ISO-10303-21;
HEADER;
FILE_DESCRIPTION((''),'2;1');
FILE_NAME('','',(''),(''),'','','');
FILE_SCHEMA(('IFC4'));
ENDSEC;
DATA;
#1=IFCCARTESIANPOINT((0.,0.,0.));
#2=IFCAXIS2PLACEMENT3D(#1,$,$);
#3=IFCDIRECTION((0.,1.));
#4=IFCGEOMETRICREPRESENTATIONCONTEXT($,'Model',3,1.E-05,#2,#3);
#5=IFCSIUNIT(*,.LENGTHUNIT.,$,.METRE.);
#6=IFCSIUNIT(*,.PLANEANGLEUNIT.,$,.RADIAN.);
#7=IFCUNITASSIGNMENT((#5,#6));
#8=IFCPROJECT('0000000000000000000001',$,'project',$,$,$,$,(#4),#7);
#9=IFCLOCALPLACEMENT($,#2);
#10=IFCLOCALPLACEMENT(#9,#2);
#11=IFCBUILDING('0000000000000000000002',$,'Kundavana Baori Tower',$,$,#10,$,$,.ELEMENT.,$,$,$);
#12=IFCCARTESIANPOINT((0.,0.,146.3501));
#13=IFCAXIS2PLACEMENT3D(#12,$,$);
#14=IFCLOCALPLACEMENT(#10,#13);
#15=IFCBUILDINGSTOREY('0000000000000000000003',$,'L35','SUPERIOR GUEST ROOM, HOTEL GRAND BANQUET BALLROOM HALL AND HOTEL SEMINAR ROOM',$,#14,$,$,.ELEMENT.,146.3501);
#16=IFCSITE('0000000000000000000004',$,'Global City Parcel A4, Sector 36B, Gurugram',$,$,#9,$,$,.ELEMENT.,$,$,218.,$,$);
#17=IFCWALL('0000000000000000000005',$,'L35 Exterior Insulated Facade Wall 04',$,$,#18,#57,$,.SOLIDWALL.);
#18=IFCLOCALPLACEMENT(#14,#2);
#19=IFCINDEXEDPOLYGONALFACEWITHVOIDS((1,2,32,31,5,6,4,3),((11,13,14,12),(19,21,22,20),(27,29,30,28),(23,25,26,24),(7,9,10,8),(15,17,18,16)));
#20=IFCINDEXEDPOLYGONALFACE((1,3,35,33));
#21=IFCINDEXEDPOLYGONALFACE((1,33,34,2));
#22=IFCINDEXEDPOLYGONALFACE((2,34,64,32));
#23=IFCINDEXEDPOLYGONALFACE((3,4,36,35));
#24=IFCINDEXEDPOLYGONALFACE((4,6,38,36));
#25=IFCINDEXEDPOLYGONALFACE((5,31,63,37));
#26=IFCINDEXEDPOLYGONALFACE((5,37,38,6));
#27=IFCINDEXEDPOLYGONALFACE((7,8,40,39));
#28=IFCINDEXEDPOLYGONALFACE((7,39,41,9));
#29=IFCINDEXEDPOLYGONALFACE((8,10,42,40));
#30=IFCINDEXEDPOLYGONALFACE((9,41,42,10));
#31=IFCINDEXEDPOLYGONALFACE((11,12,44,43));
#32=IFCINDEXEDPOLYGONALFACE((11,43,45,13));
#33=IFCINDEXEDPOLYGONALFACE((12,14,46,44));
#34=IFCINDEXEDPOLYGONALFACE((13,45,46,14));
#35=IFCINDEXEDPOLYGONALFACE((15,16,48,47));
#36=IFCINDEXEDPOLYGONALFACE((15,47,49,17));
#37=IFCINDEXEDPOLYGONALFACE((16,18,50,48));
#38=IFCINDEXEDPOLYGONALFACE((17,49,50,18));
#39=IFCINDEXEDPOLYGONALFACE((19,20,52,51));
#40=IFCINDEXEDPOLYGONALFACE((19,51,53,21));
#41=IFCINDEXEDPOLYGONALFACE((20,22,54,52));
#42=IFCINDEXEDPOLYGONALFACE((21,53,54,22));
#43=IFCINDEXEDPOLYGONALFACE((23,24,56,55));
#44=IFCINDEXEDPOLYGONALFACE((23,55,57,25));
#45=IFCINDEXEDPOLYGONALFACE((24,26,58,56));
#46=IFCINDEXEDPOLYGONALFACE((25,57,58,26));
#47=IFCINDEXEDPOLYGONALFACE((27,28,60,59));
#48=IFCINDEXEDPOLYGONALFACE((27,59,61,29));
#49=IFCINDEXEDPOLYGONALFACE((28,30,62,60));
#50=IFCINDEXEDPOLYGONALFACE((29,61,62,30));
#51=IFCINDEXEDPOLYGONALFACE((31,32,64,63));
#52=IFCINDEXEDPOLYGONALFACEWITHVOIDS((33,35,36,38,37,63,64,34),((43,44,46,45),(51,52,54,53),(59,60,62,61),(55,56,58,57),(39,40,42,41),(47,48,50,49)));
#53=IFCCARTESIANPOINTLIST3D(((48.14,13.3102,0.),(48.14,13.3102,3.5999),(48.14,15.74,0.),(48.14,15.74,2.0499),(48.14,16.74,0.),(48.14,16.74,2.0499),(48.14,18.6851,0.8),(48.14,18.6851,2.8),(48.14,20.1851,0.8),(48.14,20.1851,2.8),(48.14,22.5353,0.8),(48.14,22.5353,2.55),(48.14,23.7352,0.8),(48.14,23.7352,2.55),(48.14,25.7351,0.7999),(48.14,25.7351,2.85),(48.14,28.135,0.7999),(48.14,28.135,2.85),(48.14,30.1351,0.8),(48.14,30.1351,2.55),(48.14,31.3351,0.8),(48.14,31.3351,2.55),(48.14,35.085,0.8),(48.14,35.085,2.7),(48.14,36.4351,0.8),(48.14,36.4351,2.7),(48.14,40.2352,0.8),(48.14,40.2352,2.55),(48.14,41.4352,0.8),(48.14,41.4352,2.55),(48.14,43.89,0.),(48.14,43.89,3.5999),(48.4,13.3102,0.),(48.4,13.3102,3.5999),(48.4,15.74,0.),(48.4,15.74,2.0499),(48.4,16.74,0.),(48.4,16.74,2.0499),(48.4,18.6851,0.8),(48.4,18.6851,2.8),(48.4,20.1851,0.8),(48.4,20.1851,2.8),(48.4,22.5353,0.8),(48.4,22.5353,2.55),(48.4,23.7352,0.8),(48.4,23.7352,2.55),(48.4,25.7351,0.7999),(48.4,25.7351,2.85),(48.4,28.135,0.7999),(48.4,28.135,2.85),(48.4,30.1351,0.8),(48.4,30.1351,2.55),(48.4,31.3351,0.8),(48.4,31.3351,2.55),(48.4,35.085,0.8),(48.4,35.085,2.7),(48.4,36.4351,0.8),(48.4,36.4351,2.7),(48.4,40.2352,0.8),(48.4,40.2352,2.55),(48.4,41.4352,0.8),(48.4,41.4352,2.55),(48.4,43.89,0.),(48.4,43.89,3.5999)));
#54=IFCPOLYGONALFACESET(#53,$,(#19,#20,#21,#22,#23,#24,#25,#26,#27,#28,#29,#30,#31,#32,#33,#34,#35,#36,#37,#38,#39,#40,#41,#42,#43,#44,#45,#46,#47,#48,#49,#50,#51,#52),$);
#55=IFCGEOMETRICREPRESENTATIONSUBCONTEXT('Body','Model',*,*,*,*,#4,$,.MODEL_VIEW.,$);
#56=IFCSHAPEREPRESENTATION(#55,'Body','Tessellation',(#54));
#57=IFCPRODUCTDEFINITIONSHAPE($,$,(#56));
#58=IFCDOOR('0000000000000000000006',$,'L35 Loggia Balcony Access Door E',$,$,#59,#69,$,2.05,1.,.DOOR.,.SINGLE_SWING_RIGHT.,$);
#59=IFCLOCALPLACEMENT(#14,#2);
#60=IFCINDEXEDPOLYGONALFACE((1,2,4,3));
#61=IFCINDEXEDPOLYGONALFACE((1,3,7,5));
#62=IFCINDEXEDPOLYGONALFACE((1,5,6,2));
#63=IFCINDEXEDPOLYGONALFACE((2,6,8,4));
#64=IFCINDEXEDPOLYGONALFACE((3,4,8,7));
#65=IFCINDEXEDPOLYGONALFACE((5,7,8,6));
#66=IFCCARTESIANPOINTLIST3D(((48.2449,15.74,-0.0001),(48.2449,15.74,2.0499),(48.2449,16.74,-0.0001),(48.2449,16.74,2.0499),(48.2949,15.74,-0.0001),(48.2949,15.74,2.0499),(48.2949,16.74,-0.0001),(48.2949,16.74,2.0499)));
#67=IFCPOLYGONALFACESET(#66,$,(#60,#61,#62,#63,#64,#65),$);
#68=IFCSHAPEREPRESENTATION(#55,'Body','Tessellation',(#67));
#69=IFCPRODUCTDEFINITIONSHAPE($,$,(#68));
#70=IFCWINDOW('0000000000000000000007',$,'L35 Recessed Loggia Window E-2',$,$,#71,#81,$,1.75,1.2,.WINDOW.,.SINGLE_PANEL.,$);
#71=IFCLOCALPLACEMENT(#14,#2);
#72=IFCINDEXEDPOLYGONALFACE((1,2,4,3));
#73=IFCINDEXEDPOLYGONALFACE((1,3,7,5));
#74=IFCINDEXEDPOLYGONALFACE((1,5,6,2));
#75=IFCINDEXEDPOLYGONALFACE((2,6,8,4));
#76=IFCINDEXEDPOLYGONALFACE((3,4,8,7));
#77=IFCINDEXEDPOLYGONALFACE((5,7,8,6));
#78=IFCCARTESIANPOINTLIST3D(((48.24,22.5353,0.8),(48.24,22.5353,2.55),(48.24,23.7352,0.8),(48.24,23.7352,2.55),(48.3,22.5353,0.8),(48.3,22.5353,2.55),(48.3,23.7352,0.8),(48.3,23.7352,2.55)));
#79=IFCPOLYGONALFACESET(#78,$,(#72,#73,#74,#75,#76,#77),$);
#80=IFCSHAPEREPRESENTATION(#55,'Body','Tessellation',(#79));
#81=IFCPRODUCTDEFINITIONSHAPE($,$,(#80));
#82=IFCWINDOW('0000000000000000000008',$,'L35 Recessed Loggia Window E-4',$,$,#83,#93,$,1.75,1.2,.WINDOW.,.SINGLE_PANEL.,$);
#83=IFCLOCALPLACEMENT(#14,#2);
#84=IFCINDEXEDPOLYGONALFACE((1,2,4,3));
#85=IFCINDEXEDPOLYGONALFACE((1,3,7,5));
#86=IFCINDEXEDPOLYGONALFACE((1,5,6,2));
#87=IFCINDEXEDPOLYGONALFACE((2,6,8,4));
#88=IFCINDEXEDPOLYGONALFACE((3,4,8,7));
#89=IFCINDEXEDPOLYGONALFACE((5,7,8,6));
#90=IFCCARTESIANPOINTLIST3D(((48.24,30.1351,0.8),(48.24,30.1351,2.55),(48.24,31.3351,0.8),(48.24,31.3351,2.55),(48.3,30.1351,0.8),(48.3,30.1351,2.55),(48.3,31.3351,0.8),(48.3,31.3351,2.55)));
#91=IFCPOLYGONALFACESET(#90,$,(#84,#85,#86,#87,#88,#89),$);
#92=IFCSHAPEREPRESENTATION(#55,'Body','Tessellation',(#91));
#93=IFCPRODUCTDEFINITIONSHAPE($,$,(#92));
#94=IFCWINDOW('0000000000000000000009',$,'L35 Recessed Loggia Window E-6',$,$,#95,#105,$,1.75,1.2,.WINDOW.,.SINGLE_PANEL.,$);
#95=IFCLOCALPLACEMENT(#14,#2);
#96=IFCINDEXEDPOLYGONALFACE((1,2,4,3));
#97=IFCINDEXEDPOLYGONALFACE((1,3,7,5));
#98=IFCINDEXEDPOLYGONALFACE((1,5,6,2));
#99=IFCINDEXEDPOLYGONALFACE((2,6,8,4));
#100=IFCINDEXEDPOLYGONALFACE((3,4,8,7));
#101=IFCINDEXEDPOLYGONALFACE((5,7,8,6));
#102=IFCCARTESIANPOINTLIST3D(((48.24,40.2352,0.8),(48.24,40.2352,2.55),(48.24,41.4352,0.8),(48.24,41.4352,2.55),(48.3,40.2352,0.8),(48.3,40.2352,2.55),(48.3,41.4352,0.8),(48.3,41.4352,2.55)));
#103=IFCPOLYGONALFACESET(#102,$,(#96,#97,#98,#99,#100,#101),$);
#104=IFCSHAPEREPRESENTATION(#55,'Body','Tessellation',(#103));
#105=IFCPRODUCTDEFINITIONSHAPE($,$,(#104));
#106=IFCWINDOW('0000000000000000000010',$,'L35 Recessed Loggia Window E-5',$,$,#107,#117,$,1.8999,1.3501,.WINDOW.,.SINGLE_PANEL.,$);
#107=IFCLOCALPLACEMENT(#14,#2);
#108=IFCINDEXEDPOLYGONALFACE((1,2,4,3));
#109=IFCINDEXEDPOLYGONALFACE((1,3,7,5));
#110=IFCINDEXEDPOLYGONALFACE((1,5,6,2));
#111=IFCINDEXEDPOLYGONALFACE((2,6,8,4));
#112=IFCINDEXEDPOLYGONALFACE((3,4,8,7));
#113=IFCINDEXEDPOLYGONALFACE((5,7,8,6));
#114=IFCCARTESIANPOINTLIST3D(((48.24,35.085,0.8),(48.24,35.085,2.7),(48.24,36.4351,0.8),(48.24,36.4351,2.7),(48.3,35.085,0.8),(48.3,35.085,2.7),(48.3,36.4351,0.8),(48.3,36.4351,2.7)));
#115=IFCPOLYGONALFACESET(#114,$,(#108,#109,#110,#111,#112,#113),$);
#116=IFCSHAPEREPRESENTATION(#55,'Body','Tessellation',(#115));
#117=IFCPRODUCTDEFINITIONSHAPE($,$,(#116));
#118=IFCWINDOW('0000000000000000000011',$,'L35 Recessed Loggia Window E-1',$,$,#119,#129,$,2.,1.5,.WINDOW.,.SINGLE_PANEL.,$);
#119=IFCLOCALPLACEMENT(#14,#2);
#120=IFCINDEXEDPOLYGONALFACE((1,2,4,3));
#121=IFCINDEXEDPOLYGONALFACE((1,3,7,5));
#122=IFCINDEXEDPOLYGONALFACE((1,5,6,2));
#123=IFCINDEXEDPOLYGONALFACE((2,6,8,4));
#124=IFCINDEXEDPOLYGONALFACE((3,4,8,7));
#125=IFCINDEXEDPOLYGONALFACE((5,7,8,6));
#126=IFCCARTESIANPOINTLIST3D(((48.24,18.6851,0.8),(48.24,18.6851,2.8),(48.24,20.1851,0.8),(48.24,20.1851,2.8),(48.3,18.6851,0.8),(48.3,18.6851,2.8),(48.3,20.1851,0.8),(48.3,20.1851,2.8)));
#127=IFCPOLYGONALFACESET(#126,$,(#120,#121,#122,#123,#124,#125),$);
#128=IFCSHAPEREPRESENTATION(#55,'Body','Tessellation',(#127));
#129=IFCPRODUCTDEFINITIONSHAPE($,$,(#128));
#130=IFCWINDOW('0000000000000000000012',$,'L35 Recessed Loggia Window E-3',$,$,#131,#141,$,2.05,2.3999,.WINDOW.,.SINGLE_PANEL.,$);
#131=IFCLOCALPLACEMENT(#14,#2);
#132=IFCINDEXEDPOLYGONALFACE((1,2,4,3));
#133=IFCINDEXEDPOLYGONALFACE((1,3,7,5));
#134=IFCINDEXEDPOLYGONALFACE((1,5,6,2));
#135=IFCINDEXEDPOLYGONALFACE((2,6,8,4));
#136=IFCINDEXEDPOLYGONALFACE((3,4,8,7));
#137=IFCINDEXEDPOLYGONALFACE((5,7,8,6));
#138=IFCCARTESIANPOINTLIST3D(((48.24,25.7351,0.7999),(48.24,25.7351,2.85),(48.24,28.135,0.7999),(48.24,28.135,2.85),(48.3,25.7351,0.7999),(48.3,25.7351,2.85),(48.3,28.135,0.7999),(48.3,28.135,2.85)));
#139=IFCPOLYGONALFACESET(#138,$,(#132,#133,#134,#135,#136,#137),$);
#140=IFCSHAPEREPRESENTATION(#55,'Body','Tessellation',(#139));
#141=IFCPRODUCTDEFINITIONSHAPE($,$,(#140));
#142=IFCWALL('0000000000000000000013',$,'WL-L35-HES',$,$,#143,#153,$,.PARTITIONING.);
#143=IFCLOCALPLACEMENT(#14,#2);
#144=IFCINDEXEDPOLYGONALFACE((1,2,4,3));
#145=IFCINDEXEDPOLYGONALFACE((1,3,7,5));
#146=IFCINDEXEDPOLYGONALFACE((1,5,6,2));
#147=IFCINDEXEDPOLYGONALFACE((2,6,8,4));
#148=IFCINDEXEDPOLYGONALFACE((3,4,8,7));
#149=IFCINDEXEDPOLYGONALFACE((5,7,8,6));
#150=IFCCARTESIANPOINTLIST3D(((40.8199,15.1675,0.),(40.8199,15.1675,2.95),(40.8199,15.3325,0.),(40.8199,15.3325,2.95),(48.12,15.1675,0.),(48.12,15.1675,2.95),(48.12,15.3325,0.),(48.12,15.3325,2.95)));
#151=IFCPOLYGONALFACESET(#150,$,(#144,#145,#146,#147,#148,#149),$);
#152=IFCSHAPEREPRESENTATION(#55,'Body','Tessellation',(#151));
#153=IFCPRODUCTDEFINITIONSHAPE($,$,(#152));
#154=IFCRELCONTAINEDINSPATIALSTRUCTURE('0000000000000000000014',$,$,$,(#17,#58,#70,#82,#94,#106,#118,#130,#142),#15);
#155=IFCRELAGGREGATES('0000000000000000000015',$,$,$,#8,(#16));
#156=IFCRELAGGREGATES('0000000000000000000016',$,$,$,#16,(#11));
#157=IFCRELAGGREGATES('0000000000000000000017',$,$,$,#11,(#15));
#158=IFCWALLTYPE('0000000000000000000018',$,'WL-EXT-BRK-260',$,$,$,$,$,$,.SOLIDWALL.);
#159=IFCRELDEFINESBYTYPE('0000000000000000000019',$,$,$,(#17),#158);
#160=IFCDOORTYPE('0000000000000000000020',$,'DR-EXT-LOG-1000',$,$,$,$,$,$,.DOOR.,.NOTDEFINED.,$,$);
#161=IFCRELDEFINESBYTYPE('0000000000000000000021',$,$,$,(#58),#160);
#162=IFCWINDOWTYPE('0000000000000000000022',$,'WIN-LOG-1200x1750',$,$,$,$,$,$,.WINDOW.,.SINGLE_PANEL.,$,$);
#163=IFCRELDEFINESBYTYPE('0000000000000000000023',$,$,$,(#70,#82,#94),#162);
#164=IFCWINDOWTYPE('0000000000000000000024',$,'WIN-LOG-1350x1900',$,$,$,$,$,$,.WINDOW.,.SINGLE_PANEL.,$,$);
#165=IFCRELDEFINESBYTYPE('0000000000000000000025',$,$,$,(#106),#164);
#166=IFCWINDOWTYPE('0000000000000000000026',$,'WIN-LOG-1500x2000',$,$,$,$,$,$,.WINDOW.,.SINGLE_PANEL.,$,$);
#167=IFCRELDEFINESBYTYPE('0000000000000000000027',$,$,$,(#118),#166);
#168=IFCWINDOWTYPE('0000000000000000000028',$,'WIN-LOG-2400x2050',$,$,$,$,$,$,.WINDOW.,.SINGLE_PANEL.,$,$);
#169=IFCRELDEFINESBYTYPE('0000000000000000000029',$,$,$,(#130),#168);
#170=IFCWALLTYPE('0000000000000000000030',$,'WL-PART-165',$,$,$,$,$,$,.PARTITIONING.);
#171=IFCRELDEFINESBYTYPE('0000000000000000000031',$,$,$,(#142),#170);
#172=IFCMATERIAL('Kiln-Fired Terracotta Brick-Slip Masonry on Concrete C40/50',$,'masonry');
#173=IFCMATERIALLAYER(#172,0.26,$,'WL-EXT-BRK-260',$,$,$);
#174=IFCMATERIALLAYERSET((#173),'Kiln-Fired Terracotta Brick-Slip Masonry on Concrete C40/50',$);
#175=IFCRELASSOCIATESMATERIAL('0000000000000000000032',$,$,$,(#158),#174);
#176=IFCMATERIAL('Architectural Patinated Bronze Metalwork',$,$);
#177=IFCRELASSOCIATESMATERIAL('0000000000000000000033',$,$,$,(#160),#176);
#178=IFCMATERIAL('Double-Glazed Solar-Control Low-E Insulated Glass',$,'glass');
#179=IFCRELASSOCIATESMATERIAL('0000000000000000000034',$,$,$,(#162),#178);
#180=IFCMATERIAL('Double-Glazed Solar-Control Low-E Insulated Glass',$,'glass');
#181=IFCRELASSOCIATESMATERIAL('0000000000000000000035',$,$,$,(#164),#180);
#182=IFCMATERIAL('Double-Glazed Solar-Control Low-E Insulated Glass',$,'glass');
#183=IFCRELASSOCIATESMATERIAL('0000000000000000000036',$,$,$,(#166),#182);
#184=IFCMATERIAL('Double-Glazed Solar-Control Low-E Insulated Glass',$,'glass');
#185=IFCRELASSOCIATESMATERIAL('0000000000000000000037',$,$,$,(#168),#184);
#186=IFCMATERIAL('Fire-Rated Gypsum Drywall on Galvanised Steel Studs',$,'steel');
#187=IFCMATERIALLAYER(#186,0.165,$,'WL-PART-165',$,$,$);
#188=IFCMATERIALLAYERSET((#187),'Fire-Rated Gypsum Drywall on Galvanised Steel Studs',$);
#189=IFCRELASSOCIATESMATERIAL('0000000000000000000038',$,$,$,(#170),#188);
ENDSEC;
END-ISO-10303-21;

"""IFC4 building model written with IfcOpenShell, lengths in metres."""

from ifc_helpers import new_model, si_unit, direction, frame, frame_2d, origin, place, context, subcontext, project, spatial, rectangle, extrude, material, layer, layer_set, type_object, element, fill, save


model = new_model("IFC4")

# Units and contexts
model_context = context("Model", 3, precision=1e-05, world=origin(), true_north=direction((0.0, 1.0)))
body_context = subcontext(model_context, "Body", "Model", "MODEL_VIEW")
ifc_project = project(units=[si_unit("LENGTHUNIT", "METRE"), si_unit("PLANEANGLEUNIT", "RADIAN")], contexts=[model_context])

# Site, building, storey
site_placement = place(None, origin())
site = spatial("IfcSite", under=ifc_project, at=site_placement, Name="Global City Parcel A4, Sector 36B, Gurugram", CompositionType="ELEMENT", RefElevation=218.0)
building_placement = place(site_placement, origin())
building = spatial("IfcBuilding", under=site, at=building_placement, Name="Kundavana Baori Tower", CompositionType="ELEMENT")
storey_placement = place(building_placement, frame((0.0, 0.0, 146.3501)))
storey = spatial("IfcBuildingStorey", under=building, at=storey_placement, Name="L35", Description="SUPERIOR GUEST ROOM, HOTEL GRAND BANQUET BALLROOM HALL AND HOTEL SEMINAR ROOM", CompositionType="ELEMENT", Elevation=146.3501)

# Shared definitions
ifc_material_1 = material(Name="Kiln-Fired Terracotta Brick-Slip Masonry on Concrete C40/50", Category="masonry")
ifc_layer_1 = layer(ifc_material_1, 0.26, Name="WL-EXT-BRK-260")
ifc_layer_set_1 = layer_set([ifc_layer_1], Name="Kiln-Fired Terracotta Brick-Slip Masonry on Concrete C40/50")
wall_type_1 = type_object("IfcWallType", Name="WL-EXT-BRK-260", PredefinedType="SOLIDWALL", material=ifc_layer_set_1)

# Wall, openings, door, windows
wall_1_placement = place(storey_placement, frame((48.27, 13.3101, 0.0), z_axis=(0.0, 0.0, 1.0), x_axis=(0.0, 1.0, 0.0)))
wall_1 = element("IfcWall", 1, at=wall_1_placement, inside=storey, type_object=wall_type_1, Name="L35 Exterior Insulated Facade Wall 04", PredefinedType="SOLIDWALL", context=body_context, shape_type="SweptSolid", body=[
    extrude(rectangle(XDim=30.5798, YDim=0.26, at=frame_2d((15.29, 0.0))), origin(), (0.0, 0.0, 1.0), 3.5999),
])
opening_1_placement = place(wall_1_placement, frame((2.4299, 0.0, 0.0)))
opening_1 = element("IfcOpeningElement", 2, at=opening_1_placement, cuts=wall_1, PredefinedType="OPENING", context=body_context, shape_type="SweptSolid", body=[
    extrude(rectangle(XDim=1.0, YDim=2.05, at=frame_2d((0.5, 1.0249))), frame((0.0, 0.1401, 0.0), z_axis=(0.0, -1.0, 0.0), x_axis=(1.0, 0.0, 0.0)), (0.0, 0.0, 1.0), 0.28),
])
opening_2_placement = place(wall_1_placement, frame((5.375, 0.0, 0.8)))
opening_2 = element("IfcOpeningElement", 3, at=opening_2_placement, cuts=wall_1, PredefinedType="OPENING", context=body_context, shape_type="SweptSolid", body=[
    extrude(rectangle(XDim=1.5, YDim=2.0, at=frame_2d((0.75, 1.0))), frame((0.0, 0.1401, 0.0), z_axis=(0.0, -1.0, 0.0), x_axis=(1.0, 0.0, 0.0)), (0.0, 0.0, 1.0), 0.28),
])
opening_3_placement = place(wall_1_placement, frame((9.2251, 0.0, 0.8)))
opening_3 = element("IfcOpeningElement", 4, at=opening_3_placement, cuts=wall_1, PredefinedType="OPENING", context=body_context, shape_type="SweptSolid", body=[
    extrude(rectangle(XDim=1.2, YDim=1.75, at=frame_2d((0.6001, 0.875))), frame((0.0, 0.1401, 0.0), z_axis=(0.0, -1.0, 0.0), x_axis=(1.0, 0.0, 0.0)), (0.0, 0.0, 1.0), 0.28),
])
opening_4_placement = place(wall_1_placement, frame((12.425, 0.0, 0.8)))
opening_4 = element("IfcOpeningElement", 5, at=opening_4_placement, cuts=wall_1, PredefinedType="OPENING", context=body_context, shape_type="SweptSolid", body=[
    extrude(rectangle(XDim=2.3999, YDim=2.05, at=frame_2d((1.2, 1.0249))), frame((0.0, 0.1401, 0.0), z_axis=(0.0, -1.0, 0.0), x_axis=(1.0, 0.0, 0.0)), (0.0, 0.0, 1.0), 0.28),
])
opening_5_placement = place(wall_1_placement, frame((16.825, 0.0, 0.8)))
opening_5 = element("IfcOpeningElement", 6, at=opening_5_placement, cuts=wall_1, PredefinedType="OPENING", context=body_context, shape_type="SweptSolid", body=[
    extrude(rectangle(XDim=1.2, YDim=1.75, at=frame_2d((0.6001, 0.875))), frame((0.0, 0.1401, 0.0), z_axis=(0.0, -1.0, 0.0), x_axis=(1.0, 0.0, 0.0)), (0.0, 0.0, 1.0), 0.28),
])
opening_6_placement = place(wall_1_placement, frame((21.7749, 0.0, 0.8)))
opening_6 = element("IfcOpeningElement", 7, at=opening_6_placement, cuts=wall_1, PredefinedType="OPENING", context=body_context, shape_type="SweptSolid", body=[
    extrude(rectangle(XDim=1.3501, YDim=1.8999, at=frame_2d((0.675, 0.95))), frame((0.0, 0.1401, 0.0), z_axis=(0.0, -1.0, 0.0), x_axis=(1.0, 0.0, 0.0)), (0.0, 0.0, 1.0), 0.28),
])
opening_7_placement = place(wall_1_placement, frame((26.925, 0.0, 0.8)))
opening_7 = element("IfcOpeningElement", 8, at=opening_7_placement, cuts=wall_1, PredefinedType="OPENING", context=body_context, shape_type="SweptSolid", body=[
    extrude(rectangle(XDim=1.2, YDim=1.75, at=frame_2d((0.6001, 0.875))), frame((0.0, 0.1401, 0.0), z_axis=(0.0, -1.0, 0.0), x_axis=(1.0, 0.0, 0.0)), (0.0, 0.0, 1.0), 0.28),
])
ifc_material_2 = material(Name="Architectural Patinated Bronze Metalwork")
door_type = type_object("IfcDoorType", Name="DR-EXT-LOG-1000", OperationType="NOTDEFINED", PredefinedType="DOOR", material=ifc_material_2)
door_placement = place(opening_1_placement, frame((1.0, 0.0, 0.0), z_axis=(0.0, 0.0, 1.0), x_axis=(-1.0, 0.0, 0.0)))
door = element("IfcDoor", 9, at=door_placement, inside=storey, type_object=door_type, Name="L35 Loggia Balcony Access Door E", OperationType="SINGLE_SWING_RIGHT", OverallHeight=2.05, OverallWidth=1.0, PredefinedType="DOOR", context=body_context, shape_type="SweptSolid", body=[
    extrude(rectangle(XDim=1.0, YDim=2.05, at=frame_2d((0.5, 1.0249))), frame((0.0, 0.0249, 0.0), z_axis=(0.0, -1.0, 0.0), x_axis=(1.0, 0.0, 0.0)), (0.0, 0.0, 1.0), 0.05),
])
fill(opening_1, door)
ifc_material_3 = material(Name="Double-Glazed Solar-Control Low-E Insulated Glass", Category="glass")
window_type_1 = type_object("IfcWindowType", Name="WIN-LOG-1200x1750", PartitioningType="SINGLE_PANEL", PredefinedType="WINDOW", material=ifc_material_3)
window_1_placement = place(opening_3_placement, origin())
window_1 = element("IfcWindow", 10, at=window_1_placement, inside=storey, type_object=window_type_1, Name="L35 Recessed Loggia Window E-2", OverallHeight=1.75, OverallWidth=1.2, PartitioningType="SINGLE_PANEL", PredefinedType="WINDOW", context=body_context, shape_type="SweptSolid", body=[
    extrude(rectangle(XDim=1.2, YDim=1.75, at=frame_2d((0.6001, 0.875))), frame((0.0, 0.03, 0.0), z_axis=(0.0, -1.0, 0.0), x_axis=(1.0, 0.0, 0.0)), (0.0, 0.0, 1.0), 0.0601),
])
fill(opening_3, window_1)
window_2_placement = place(opening_5_placement, origin())
window_2 = element("IfcWindow", 11, at=window_2_placement, inside=storey, type_object=window_type_1, Name="L35 Recessed Loggia Window E-4", OverallHeight=1.75, OverallWidth=1.2, PartitioningType="SINGLE_PANEL", PredefinedType="WINDOW", context=body_context, shape_type="SweptSolid", body=[
    extrude(rectangle(XDim=1.2, YDim=1.75, at=frame_2d((0.6001, 0.875))), frame((0.0, 0.03, 0.0), z_axis=(0.0, -1.0, 0.0), x_axis=(1.0, 0.0, 0.0)), (0.0, 0.0, 1.0), 0.0601),
])
fill(opening_5, window_2)
window_3_placement = place(opening_7_placement, origin())
window_3 = element("IfcWindow", 12, at=window_3_placement, inside=storey, type_object=window_type_1, Name="L35 Recessed Loggia Window E-6", OverallHeight=1.75, OverallWidth=1.2, PartitioningType="SINGLE_PANEL", PredefinedType="WINDOW", context=body_context, shape_type="SweptSolid", body=[
    extrude(rectangle(XDim=1.2, YDim=1.75, at=frame_2d((0.6001, 0.875))), frame((0.0, 0.03, 0.0), z_axis=(0.0, -1.0, 0.0), x_axis=(1.0, 0.0, 0.0)), (0.0, 0.0, 1.0), 0.0601),
])
fill(opening_7, window_3)
ifc_material_4 = material(Name="Double-Glazed Solar-Control Low-E Insulated Glass", Category="glass")
window_type_2 = type_object("IfcWindowType", Name="WIN-LOG-1350x1900", PartitioningType="SINGLE_PANEL", PredefinedType="WINDOW", material=ifc_material_4)
window_4_placement = place(opening_6_placement, origin())
window_4 = element("IfcWindow", 13, at=window_4_placement, inside=storey, type_object=window_type_2, Name="L35 Recessed Loggia Window E-5", OverallHeight=1.8999, OverallWidth=1.3501, PartitioningType="SINGLE_PANEL", PredefinedType="WINDOW", context=body_context, shape_type="SweptSolid", body=[
    extrude(rectangle(XDim=1.3501, YDim=1.8999, at=frame_2d((0.675, 0.95))), frame((0.0, 0.03, 0.0), z_axis=(0.0, -1.0, 0.0), x_axis=(1.0, 0.0, 0.0)), (0.0, 0.0, 1.0), 0.0601),
])
fill(opening_6, window_4)
ifc_material_5 = material(Name="Double-Glazed Solar-Control Low-E Insulated Glass", Category="glass")
window_type_3 = type_object("IfcWindowType", Name="WIN-LOG-1500x2000", PartitioningType="SINGLE_PANEL", PredefinedType="WINDOW", material=ifc_material_5)
window_5_placement = place(opening_2_placement, origin())
window_5 = element("IfcWindow", 14, at=window_5_placement, inside=storey, type_object=window_type_3, Name="L35 Recessed Loggia Window E-1", OverallHeight=2.0, OverallWidth=1.5, PartitioningType="SINGLE_PANEL", PredefinedType="WINDOW", context=body_context, shape_type="SweptSolid", body=[
    extrude(rectangle(XDim=1.5, YDim=2.0, at=frame_2d((0.75, 1.0))), frame((0.0, 0.03, 0.0), z_axis=(0.0, -1.0, 0.0), x_axis=(1.0, 0.0, 0.0)), (0.0, 0.0, 1.0), 0.0601),
])
fill(opening_2, window_5)
ifc_material_6 = material(Name="Double-Glazed Solar-Control Low-E Insulated Glass", Category="glass")
window_type_4 = type_object("IfcWindowType", Name="WIN-LOG-2400x2050", PartitioningType="SINGLE_PANEL", PredefinedType="WINDOW", material=ifc_material_6)
window_6_placement = place(opening_4_placement, origin())
window_6 = element("IfcWindow", 15, at=window_6_placement, inside=storey, type_object=window_type_4, Name="L35 Recessed Loggia Window E-3", OverallHeight=2.05, OverallWidth=2.3999, PartitioningType="SINGLE_PANEL", PredefinedType="WINDOW", context=body_context, shape_type="SweptSolid", body=[
    extrude(rectangle(XDim=2.3999, YDim=2.05, at=frame_2d((1.2, 1.0249))), frame((0.0, 0.03, 0.0), z_axis=(0.0, -1.0, 0.0), x_axis=(1.0, 0.0, 0.0)), (0.0, 0.0, 1.0), 0.0601),
])
fill(opening_4, window_6)

# Wall
ifc_material_7 = material(Name="Fire-Rated Gypsum Drywall on Galvanised Steel Studs", Category="steel")
ifc_layer_2 = layer(ifc_material_7, 0.165, Name="WL-PART-165")
ifc_layer_set_2 = layer_set([ifc_layer_2], Name="Fire-Rated Gypsum Drywall on Galvanised Steel Studs")
wall_type_2 = type_object("IfcWallType", Name="WL-PART-165", PredefinedType="PARTITIONING", material=ifc_layer_set_2)
wall_2_placement = place(storey_placement, frame((40.8201, 15.25, 0.0), z_axis=(0.0, 0.0, 1.0), x_axis=(1.0, 0.0, 0.0)))
element("IfcWall", 16, at=wall_2_placement, inside=storey, type_object=wall_type_2, Name="WL-L35-HES", PredefinedType="PARTITIONING", context=body_context, shape_type="SweptSolid", body=[
    extrude(rectangle(XDim=7.3, YDim=0.165, at=frame_2d((3.6499, 0.0))), origin(), (0.0, 0.0, 1.0), 2.95),
])

save(model, "model.ifc")
